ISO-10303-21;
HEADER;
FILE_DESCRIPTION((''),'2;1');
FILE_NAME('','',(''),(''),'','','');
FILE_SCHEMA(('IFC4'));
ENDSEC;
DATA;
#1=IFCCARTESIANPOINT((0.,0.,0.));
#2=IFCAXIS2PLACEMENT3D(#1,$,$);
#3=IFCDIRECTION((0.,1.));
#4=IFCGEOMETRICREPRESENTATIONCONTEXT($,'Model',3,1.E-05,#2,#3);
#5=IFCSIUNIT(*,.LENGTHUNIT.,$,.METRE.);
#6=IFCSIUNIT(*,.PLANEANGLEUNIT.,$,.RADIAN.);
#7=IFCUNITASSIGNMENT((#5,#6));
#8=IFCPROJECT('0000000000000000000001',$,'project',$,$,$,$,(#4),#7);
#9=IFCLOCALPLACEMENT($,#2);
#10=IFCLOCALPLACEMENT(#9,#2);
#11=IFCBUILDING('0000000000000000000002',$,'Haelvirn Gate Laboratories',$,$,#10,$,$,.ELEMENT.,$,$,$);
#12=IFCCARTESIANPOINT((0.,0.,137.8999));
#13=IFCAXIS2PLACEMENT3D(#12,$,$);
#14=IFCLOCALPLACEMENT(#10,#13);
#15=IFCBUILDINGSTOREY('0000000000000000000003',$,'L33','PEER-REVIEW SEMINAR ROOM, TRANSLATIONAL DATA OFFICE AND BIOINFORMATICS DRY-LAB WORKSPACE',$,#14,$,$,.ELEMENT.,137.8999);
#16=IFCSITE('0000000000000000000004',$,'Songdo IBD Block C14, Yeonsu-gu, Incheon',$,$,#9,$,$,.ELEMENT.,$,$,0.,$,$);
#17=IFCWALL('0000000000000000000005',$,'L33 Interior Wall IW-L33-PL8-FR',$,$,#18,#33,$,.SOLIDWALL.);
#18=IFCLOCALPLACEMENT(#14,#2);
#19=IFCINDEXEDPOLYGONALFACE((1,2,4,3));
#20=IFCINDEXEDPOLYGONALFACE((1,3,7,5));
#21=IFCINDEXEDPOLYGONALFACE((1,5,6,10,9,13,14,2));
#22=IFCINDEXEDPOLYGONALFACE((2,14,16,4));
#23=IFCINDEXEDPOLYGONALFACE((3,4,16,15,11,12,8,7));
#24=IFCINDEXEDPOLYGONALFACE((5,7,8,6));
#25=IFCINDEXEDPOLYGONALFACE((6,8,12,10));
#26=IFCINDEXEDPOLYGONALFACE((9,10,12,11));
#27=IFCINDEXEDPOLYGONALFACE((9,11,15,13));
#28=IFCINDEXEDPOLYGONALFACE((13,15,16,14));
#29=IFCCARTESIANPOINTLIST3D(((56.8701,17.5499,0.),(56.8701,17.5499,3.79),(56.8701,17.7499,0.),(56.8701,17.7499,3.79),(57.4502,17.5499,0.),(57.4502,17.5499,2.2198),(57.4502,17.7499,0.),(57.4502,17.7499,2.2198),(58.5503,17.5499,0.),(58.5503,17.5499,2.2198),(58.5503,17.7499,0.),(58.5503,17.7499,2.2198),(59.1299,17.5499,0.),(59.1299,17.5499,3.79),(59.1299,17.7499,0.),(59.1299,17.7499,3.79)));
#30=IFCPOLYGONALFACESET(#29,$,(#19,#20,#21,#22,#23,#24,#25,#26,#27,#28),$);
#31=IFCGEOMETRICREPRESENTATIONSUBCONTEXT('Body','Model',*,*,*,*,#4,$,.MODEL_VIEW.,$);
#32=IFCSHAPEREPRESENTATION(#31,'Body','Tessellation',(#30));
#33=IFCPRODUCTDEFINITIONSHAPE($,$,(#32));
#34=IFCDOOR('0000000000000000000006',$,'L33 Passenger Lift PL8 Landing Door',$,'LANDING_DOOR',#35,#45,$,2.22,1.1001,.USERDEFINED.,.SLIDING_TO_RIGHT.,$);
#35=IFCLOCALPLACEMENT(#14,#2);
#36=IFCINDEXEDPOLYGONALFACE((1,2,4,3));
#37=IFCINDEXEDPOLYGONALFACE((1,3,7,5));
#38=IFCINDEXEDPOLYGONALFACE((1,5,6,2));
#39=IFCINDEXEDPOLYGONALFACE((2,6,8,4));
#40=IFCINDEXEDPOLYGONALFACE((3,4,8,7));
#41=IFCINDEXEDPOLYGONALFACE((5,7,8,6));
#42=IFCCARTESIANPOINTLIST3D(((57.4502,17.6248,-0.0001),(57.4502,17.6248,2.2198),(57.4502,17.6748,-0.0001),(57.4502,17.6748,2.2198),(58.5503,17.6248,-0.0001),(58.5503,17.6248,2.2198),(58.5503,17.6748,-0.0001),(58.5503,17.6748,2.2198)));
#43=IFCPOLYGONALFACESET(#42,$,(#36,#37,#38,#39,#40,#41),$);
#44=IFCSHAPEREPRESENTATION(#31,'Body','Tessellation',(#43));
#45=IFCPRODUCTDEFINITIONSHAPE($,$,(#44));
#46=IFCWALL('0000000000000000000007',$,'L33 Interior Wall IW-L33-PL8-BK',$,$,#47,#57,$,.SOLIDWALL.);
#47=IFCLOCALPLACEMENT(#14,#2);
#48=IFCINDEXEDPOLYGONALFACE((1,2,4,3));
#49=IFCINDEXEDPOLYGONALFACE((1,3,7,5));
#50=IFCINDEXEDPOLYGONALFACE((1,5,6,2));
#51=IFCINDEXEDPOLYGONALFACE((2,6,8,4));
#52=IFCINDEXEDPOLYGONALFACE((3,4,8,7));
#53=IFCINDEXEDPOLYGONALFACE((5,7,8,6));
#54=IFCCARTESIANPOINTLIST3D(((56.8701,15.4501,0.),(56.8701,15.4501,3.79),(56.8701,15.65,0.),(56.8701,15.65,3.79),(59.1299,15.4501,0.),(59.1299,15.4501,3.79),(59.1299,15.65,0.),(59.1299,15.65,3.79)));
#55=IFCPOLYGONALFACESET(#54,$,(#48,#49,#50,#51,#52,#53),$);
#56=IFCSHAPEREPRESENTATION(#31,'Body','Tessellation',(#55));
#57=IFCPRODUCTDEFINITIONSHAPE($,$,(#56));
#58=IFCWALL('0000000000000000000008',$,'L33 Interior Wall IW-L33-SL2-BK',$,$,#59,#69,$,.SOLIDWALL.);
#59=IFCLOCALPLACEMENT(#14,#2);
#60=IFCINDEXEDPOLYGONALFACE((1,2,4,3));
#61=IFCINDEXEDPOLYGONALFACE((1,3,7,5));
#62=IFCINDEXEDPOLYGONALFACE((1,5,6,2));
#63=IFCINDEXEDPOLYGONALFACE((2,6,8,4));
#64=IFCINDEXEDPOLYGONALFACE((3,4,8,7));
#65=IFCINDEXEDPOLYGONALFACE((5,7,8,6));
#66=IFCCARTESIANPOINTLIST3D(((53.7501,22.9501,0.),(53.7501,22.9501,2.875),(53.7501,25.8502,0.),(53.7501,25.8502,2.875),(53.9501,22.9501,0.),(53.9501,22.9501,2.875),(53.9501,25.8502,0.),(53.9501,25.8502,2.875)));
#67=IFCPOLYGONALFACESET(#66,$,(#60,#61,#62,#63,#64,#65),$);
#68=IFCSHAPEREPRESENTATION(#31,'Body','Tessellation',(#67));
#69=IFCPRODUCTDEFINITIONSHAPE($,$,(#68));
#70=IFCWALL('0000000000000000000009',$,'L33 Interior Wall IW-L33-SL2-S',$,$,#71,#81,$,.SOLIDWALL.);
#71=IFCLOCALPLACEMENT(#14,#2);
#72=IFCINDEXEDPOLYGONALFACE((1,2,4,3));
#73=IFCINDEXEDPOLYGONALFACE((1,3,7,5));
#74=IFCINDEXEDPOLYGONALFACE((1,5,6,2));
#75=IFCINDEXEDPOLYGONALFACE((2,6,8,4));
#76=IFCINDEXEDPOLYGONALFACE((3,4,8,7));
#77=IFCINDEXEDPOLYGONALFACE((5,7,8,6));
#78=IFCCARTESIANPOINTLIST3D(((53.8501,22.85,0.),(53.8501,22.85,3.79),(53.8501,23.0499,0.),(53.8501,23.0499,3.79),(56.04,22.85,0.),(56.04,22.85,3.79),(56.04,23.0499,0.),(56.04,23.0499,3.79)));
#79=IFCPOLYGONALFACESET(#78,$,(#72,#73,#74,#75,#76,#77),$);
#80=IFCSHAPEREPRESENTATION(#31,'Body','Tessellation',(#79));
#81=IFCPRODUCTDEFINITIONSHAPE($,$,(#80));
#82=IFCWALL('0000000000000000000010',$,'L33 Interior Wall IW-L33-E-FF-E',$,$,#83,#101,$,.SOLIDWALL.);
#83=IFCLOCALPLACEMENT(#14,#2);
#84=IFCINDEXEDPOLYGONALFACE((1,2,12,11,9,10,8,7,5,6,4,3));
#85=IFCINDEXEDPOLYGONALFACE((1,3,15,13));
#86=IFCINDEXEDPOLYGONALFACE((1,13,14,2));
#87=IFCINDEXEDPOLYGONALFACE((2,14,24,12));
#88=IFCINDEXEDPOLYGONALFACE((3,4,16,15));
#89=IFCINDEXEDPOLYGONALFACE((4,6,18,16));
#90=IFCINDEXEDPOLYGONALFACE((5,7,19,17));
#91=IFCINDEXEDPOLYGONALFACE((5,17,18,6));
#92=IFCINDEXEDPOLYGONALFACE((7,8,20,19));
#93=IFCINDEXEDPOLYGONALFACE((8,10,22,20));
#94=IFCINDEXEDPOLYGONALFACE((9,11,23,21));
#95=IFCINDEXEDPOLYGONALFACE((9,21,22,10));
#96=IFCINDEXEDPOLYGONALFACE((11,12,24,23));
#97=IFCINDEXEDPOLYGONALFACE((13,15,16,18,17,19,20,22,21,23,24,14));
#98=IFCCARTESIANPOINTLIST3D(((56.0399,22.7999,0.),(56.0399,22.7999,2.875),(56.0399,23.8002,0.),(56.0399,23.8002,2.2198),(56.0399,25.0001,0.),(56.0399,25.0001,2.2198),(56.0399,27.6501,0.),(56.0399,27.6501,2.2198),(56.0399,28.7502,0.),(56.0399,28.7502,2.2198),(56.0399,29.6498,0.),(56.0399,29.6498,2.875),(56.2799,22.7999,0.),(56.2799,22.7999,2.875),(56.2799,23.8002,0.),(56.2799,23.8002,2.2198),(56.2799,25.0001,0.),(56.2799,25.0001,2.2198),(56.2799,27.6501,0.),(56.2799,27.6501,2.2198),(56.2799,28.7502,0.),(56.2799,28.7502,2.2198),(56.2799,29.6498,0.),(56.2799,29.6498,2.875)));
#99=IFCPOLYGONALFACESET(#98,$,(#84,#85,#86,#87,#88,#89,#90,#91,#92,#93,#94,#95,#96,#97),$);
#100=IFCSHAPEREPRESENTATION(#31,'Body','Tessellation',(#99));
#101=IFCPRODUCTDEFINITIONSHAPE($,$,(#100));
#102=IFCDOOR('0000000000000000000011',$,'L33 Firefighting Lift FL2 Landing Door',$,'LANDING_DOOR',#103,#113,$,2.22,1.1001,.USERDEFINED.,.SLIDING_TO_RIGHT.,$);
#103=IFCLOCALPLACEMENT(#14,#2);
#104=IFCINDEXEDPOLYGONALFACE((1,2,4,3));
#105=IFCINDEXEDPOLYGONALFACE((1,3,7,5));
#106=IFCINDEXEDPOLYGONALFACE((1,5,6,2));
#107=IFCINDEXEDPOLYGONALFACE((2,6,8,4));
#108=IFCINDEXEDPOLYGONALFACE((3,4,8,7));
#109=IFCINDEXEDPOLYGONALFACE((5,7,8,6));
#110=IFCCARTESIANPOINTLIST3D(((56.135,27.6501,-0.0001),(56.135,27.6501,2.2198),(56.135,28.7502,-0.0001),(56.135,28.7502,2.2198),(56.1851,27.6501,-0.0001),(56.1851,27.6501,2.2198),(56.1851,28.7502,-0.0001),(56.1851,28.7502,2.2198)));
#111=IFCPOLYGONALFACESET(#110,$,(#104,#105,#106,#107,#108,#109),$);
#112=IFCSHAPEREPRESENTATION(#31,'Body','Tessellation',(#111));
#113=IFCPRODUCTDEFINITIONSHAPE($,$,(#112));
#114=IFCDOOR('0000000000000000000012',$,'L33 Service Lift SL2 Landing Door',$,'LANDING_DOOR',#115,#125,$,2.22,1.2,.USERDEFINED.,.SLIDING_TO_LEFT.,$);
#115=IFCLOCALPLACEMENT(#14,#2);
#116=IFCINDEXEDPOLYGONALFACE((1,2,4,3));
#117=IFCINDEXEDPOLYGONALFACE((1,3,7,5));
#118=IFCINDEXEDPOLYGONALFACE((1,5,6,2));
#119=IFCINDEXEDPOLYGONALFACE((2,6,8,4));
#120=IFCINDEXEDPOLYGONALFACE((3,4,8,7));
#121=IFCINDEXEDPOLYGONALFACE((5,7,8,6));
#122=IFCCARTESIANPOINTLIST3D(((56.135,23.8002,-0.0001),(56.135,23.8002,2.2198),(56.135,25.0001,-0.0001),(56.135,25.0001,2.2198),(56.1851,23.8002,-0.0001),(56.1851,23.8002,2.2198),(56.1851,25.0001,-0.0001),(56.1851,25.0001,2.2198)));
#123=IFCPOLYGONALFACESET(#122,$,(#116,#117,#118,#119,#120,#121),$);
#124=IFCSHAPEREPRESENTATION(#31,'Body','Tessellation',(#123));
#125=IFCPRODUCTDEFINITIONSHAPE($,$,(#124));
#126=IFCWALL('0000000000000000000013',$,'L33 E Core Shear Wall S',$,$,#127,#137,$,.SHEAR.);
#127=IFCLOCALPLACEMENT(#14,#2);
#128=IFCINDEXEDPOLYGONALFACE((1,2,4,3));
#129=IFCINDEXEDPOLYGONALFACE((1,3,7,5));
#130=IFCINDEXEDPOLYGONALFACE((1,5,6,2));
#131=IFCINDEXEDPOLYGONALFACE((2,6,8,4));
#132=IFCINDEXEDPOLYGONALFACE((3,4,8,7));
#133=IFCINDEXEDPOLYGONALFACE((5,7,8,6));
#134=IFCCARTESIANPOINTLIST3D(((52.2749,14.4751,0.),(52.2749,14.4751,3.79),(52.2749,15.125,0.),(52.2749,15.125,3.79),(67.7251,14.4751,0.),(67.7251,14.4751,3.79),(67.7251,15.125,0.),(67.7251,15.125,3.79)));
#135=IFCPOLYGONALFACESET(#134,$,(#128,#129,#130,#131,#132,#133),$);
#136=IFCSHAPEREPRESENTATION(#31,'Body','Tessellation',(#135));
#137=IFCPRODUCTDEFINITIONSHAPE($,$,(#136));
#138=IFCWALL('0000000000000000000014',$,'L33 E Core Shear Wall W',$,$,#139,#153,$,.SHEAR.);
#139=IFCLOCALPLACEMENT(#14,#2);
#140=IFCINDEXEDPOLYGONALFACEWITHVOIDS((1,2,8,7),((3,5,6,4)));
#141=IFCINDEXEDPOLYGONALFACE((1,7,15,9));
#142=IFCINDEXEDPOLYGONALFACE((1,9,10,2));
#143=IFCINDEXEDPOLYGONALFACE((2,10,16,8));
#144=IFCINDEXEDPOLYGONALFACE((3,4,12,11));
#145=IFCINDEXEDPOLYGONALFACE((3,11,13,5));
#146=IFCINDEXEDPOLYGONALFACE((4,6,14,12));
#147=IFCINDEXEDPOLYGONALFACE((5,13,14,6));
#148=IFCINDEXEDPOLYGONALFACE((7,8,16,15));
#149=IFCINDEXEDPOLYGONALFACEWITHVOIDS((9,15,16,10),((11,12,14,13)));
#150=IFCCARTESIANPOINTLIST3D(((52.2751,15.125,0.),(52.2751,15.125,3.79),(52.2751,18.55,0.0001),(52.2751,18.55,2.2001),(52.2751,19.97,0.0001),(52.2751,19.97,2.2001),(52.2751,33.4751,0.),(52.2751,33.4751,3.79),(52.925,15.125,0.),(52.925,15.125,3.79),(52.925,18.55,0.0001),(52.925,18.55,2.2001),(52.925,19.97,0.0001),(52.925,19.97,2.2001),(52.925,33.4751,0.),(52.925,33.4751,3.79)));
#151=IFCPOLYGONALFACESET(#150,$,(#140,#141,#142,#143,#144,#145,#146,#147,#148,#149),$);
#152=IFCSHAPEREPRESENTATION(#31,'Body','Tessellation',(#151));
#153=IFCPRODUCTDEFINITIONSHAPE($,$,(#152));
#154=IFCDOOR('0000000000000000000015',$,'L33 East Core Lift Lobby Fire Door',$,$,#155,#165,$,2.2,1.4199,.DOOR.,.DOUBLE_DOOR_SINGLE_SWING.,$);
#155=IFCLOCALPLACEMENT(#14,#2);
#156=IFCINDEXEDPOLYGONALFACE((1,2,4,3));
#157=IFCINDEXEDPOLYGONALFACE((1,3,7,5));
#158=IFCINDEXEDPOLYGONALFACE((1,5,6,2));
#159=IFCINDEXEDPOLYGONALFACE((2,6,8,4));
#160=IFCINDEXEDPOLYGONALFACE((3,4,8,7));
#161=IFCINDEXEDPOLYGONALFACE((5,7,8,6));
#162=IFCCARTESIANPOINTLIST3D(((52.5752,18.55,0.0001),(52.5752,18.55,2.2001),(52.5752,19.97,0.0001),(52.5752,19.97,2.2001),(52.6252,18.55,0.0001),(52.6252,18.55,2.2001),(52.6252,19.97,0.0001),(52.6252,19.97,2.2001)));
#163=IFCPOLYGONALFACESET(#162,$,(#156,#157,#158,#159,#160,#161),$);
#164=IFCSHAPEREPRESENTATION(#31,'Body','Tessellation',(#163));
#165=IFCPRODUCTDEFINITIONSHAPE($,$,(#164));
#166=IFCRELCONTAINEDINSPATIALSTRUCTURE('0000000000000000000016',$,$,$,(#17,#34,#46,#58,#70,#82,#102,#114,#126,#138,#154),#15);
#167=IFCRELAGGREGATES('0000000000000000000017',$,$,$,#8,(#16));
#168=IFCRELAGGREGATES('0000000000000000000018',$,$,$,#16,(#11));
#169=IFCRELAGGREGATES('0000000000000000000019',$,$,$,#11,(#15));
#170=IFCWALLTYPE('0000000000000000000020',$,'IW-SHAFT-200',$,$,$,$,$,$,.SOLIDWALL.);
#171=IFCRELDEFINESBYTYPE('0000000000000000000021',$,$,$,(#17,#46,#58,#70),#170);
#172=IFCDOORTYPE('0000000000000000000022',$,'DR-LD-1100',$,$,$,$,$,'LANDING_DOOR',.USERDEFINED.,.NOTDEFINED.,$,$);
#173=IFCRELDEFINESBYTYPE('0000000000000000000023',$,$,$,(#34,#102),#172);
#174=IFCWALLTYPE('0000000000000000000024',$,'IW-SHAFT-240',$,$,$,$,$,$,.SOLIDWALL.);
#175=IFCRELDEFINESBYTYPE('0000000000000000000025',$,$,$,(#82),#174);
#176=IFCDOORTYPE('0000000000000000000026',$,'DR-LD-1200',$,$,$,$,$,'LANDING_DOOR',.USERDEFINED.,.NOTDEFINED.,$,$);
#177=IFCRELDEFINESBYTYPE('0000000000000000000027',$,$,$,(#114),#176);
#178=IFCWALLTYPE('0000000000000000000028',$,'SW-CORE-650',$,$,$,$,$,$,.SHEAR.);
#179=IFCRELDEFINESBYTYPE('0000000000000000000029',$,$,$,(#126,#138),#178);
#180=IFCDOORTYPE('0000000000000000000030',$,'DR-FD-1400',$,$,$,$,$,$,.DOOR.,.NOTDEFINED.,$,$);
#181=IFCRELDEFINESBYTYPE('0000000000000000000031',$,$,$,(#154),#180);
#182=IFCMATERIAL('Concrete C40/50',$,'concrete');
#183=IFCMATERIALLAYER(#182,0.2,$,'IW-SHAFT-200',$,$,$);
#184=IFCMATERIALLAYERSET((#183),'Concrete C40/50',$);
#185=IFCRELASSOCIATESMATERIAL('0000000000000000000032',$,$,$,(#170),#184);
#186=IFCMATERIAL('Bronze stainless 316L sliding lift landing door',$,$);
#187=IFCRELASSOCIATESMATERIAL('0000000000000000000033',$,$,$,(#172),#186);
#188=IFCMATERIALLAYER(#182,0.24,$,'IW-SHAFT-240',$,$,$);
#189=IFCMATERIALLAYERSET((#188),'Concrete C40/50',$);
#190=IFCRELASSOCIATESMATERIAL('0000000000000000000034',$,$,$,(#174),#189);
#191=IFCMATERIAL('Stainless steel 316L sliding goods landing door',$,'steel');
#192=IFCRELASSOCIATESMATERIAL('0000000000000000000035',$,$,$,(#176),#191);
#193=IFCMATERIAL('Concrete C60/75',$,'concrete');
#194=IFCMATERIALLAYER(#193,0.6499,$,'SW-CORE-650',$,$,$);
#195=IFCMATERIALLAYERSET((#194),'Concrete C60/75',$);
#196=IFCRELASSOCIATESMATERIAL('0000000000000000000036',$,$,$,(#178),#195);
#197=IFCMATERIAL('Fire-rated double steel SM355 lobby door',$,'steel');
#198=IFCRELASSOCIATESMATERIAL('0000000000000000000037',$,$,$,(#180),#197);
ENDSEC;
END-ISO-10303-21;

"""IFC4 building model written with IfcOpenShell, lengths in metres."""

from ifc_helpers import new_model, si_unit, direction, frame, frame_2d, origin, place, context, subcontext, project, spatial, rectangle, extrude, source, transform, mapped, material, layer, layer_set, type_object, type_shapes, element, fill, save


model = new_model("IFC4")

# Units and contexts
model_context = context("Model", 3, precision=1e-05, world=origin(), true_north=direction((0.0, 1.0)))
body_context = subcontext(model_context, "Body", "Model", "MODEL_VIEW")
ifc_project = project(units=[si_unit("LENGTHUNIT", "METRE"), si_unit("PLANEANGLEUNIT", "RADIAN")], contexts=[model_context])

# Site, building, storey
site_placement = place(None, origin())
site = spatial("IfcSite", under=ifc_project, at=site_placement, Name="Songdo IBD Block C14, Yeonsu-gu, Incheon", CompositionType="ELEMENT", RefElevation=0.0)
building_placement = place(site_placement, origin())
building = spatial("IfcBuilding", under=site, at=building_placement, Name="Haelvirn Gate Laboratories", CompositionType="ELEMENT")
storey_placement = place(building_placement, frame((0.0, 0.0, 137.8999)))
storey = spatial("IfcBuildingStorey", under=building, at=storey_placement, Name="L33", Description="PEER-REVIEW SEMINAR ROOM, TRANSLATIONAL DATA OFFICE AND BIOINFORMATICS DRY-LAB WORKSPACE", CompositionType="ELEMENT", Elevation=137.8999)

# Shared definitions
ifc_material_1 = material(Name="Concrete C60/75", Category="concrete")

# Wall, opening, door
ifc_material_2 = material(Name="Concrete C40/50", Category="concrete")
ifc_layer_1 = layer(ifc_material_2, 0.2, Name="IW-SHAFT-200")
ifc_layer_set_1 = layer_set([ifc_layer_1], Name="Concrete C40/50")
wall_type_1 = type_object("IfcWallType", Name="IW-SHAFT-200", PredefinedType="SOLIDWALL", material=ifc_layer_set_1)
wall_1_placement = place(storey_placement, frame((56.8701, 17.6499, 0.0), z_axis=(0.0, 0.0, 1.0), x_axis=(1.0, 0.0, 0.0)))
wall_1 = element("IfcWall", 1, at=wall_1_placement, inside=storey, type_object=wall_type_1, Name="L33 Interior Wall IW-L33-PL8-FR", PredefinedType="SOLIDWALL", context=body_context, shape_type="SweptSolid", body=[
    extrude(rectangle(XDim=2.2598, YDim=0.2, at=frame_2d((1.1299, 0.0))), origin(), (0.0, 0.0, 1.0), 3.79),
])
opening_1_placement = place(wall_1_placement, frame((0.5801, 0.0, 0.0)))
opening_1 = element("IfcOpeningElement", 2, at=opening_1_placement, cuts=wall_1, PredefinedType="OPENING", context=body_context, shape_type="SweptSolid", body=[
    extrude(rectangle(XDim=1.1001, YDim=2.22, at=frame_2d((0.55, 1.1099))), frame((0.0, 0.1099, 0.0), z_axis=(0.0, -1.0, 0.0), x_axis=(1.0, 0.0, 0.0)), (0.0, 0.0, 1.0), 0.22),
])
ifc_material_3 = material(Name="Bronze stainless 316L sliding lift landing door")
door_type_1 = type_object("IfcDoorType", Name="DR-LD-1100", ElementType="LANDING_DOOR", OperationType="NOTDEFINED", PredefinedType="USERDEFINED", material=ifc_material_3)
shared_shape_1 = source(origin(), body_context, "Body", "SweptSolid", [
    extrude(rectangle(XDim=1.1001, YDim=2.22, at=frame_2d((0.55, 1.1099))), frame((0.0, 0.0249, 0.0), z_axis=(0.0, -1.0, 0.0), x_axis=(1.0, 0.0, 0.0)), (0.0, 0.0, 1.0), 0.05),
])
type_shapes(door_type_1, [shared_shape_1])
door_1_placement = place(opening_1_placement, origin())
door_1 = element("IfcDoor", 3, at=door_1_placement, inside=storey, type_object=door_type_1, Name="L33 Passenger Lift PL8 Landing Door", ObjectType="LANDING_DOOR", OperationType="SLIDING_TO_RIGHT", OverallHeight=2.22, OverallWidth=1.1001, PredefinedType="USERDEFINED", context=body_context, shape_type="MappedRepresentation", body=[
    mapped(shared_shape_1, transform((0.0, 0.0, 0.0), scale=1.0)),
])
fill(opening_1, door_1)

# Walls
wall_2_placement = place(storey_placement, frame((56.8701, 15.55, 0.0), z_axis=(0.0, 0.0, 1.0), x_axis=(1.0, 0.0, 0.0)))
element("IfcWall", 4, at=wall_2_placement, inside=storey, type_object=wall_type_1, Name="L33 Interior Wall IW-L33-PL8-BK", PredefinedType="SOLIDWALL", context=body_context, shape_type="SweptSolid", body=[
    extrude(rectangle(XDim=2.2598, YDim=0.2, at=frame_2d((1.1299, 0.0))), origin(), (0.0, 0.0, 1.0), 3.79),
])
wall_3_placement = place(storey_placement, frame((53.8501, 22.95, 0.0), z_axis=(0.0, 0.0, 1.0), x_axis=(0.0, 1.0, 0.0)))
element("IfcWall", 5, at=wall_3_placement, inside=storey, type_object=wall_type_1, Name="L33 Interior Wall IW-L33-SL2-BK", PredefinedType="SOLIDWALL", context=body_context, shape_type="SweptSolid", body=[
    extrude(rectangle(XDim=2.9001, YDim=0.2, at=frame_2d((1.4502, 0.0))), origin(), (0.0, 0.0, 1.0), 2.875),
])
wall_4_placement = place(storey_placement, frame((53.8501, 22.95, 0.0), z_axis=(0.0, 0.0, 1.0), x_axis=(1.0, 0.0, 0.0)))
element("IfcWall", 6, at=wall_4_placement, inside=storey, type_object=wall_type_1, Name="L33 Interior Wall IW-L33-SL2-S", PredefinedType="SOLIDWALL", context=body_context, shape_type="SweptSolid", body=[
    extrude(rectangle(XDim=2.1899, YDim=0.2, at=frame_2d((1.095, 0.0))), origin(), (0.0, 0.0, 1.0), 3.79),
])

# Wall, openings, doors
ifc_layer_2 = layer(ifc_material_2, 0.24, Name="IW-SHAFT-240")
ifc_layer_set_2 = layer_set([ifc_layer_2], Name="Concrete C40/50")
wall_type_2 = type_object("IfcWallType", Name="IW-SHAFT-240", PredefinedType="SOLIDWALL", material=ifc_layer_set_2)
wall_5_placement = place(storey_placement, frame((56.1599, 22.8, 0.0), z_axis=(0.0, 0.0, 1.0), x_axis=(0.0, 1.0, 0.0)))
wall_5 = element("IfcWall", 7, at=wall_5_placement, inside=storey, type_object=wall_type_2, Name="L33 Interior Wall IW-L33-E-FF-E", PredefinedType="SOLIDWALL", context=body_context, shape_type="SweptSolid", body=[
    extrude(rectangle(XDim=6.8499, YDim=0.24, at=frame_2d((3.4248, 0.0))), origin(), (0.0, 0.0, 1.0), 2.875),
])
opening_2_placement = place(wall_5_placement, frame((4.8501, 0.0, 0.0)))
opening_2 = element("IfcOpeningElement", 8, at=opening_2_placement, cuts=wall_5, PredefinedType="OPENING", context=body_context, shape_type="SweptSolid", body=[
    extrude(rectangle(XDim=1.1001, YDim=2.22, at=frame_2d((0.55, 1.1099))), frame((0.0, 0.1299, 0.0), z_axis=(0.0, -1.0, 0.0), x_axis=(1.0, 0.0, 0.0)), (0.0, 0.0, 1.0), 0.26),
])
opening_3_placement = place(wall_5_placement, frame((1.0, 0.0, 0.0)))
opening_3 = element("IfcOpeningElement", 9, at=opening_3_placement, cuts=wall_5, PredefinedType="OPENING", context=body_context, shape_type="SweptSolid", body=[
    extrude(rectangle(XDim=1.2, YDim=2.22, at=frame_2d((0.6001, 1.1099))), frame((0.0, 0.1299, 0.0), z_axis=(0.0, -1.0, 0.0), x_axis=(1.0, 0.0, 0.0)), (0.0, 0.0, 1.0), 0.26),
])
door_2_placement = place(opening_2_placement, origin())
door_2 = element("IfcDoor", 10, at=door_2_placement, inside=storey, type_object=door_type_1, Name="L33 Firefighting Lift FL2 Landing Door", ObjectType="LANDING_DOOR", OperationType="SLIDING_TO_RIGHT", OverallHeight=2.22, OverallWidth=1.1001, PredefinedType="USERDEFINED", context=body_context, shape_type="MappedRepresentation", body=[
    mapped(shared_shape_1, transform((0.0, 0.0, 0.0), scale=1.0)),
])
fill(opening_2, door_2)
ifc_material_4 = material(Name="Stainless steel 316L sliding goods landing door", Category="steel")
door_type_2 = type_object("IfcDoorType", Name="DR-LD-1200", ElementType="LANDING_DOOR", OperationType="NOTDEFINED", PredefinedType="USERDEFINED", material=ifc_material_4)
shared_shape_2 = source(origin(), body_context, "Body", "SweptSolid", [
    extrude(rectangle(XDim=1.2, YDim=2.22, at=frame_2d((0.6001, 1.1099))), frame((0.0, 0.0249, 0.0), z_axis=(0.0, -1.0, 0.0), x_axis=(1.0, 0.0, 0.0)), (0.0, 0.0, 1.0), 0.05),
])
type_shapes(door_type_2, [shared_shape_2])
door_3_placement = place(opening_3_placement, origin())
door_3 = element("IfcDoor", 11, at=door_3_placement, inside=storey, type_object=door_type_2, Name="L33 Service Lift SL2 Landing Door", ObjectType="LANDING_DOOR", OperationType="SLIDING_TO_LEFT", OverallHeight=2.22, OverallWidth=1.2, PredefinedType="USERDEFINED", context=body_context, shape_type="MappedRepresentation", body=[
    mapped(shared_shape_2, transform((0.0, 0.0, 0.0), scale=1.0)),
])
fill(opening_3, door_3)

# Wall
ifc_layer_3 = layer(ifc_material_1, 0.6499, Name="SW-CORE-650")
ifc_layer_set_3 = layer_set([ifc_layer_3], Name="Concrete C60/75")
wall_type_3 = type_object("IfcWallType", Name="SW-CORE-650", PredefinedType="SHEAR", material=ifc_layer_set_3)
wall_6_placement = place(storey_placement, frame((52.2749, 14.8, 0.0), z_axis=(0.0, 0.0, 1.0), x_axis=(1.0, 0.0, 0.0)))
element("IfcWall", 12, at=wall_6_placement, inside=storey, type_object=wall_type_3, Name="L33 E Core Shear Wall S", PredefinedType="SHEAR", context=body_context, shape_type="SweptSolid", body=[
    extrude(rectangle(XDim=15.4502, YDim=0.6499, at=frame_2d((7.7251, 0.0))), origin(), (0.0, 0.0, 1.0), 3.79),
])

# Wall, opening, door
wall_7_placement = place(storey_placement, frame((52.6001, 15.125, 0.0), z_axis=(0.0, 0.0, 1.0), x_axis=(0.0, 1.0, 0.0)))
wall_7 = element("IfcWall", 13, at=wall_7_placement, inside=storey, type_object=wall_type_3, Name="L33 E Core Shear Wall W", PredefinedType="SHEAR", context=body_context, shape_type="SweptSolid", body=[
    extrude(rectangle(XDim=18.3501, YDim=0.6499, at=frame_2d((9.175, 0.0))), origin(), (0.0, 0.0, 1.0), 3.79),
])
opening_4_placement = place(wall_7_placement, frame((3.425, 0.0, 0.0)))
opening_4 = element("IfcOpeningElement", 14, at=opening_4_placement, cuts=wall_7, PredefinedType="OPENING", context=body_context, shape_type="SweptSolid", body=[
    extrude(rectangle(XDim=1.4199, YDim=2.2, at=frame_2d((0.71, 1.1001))), frame((0.0, 0.335, 0.0), z_axis=(0.0, -1.0, 0.0), x_axis=(1.0, 0.0, 0.0)), (0.0, 0.0, 1.0), 0.6699),
])
ifc_material_5 = material(Name="Fire-rated double steel SM355 lobby door", Category="steel")
door_type_3 = type_object("IfcDoorType", Name="DR-FD-1400", OperationType="NOTDEFINED", PredefinedType="DOOR", material=ifc_material_5)
shared_shape_3 = source(origin(), body_context, "Body", "SweptSolid", [
    extrude(rectangle(XDim=1.4199, YDim=2.2, at=frame_2d((0.71, 1.1001))), frame((0.0, 0.0249, 0.0), z_axis=(0.0, -1.0, 0.0), x_axis=(1.0, 0.0, 0.0)), (0.0, 0.0, 1.0), 0.05),
])
type_shapes(door_type_3, [shared_shape_3])
door_4_placement = place(opening_4_placement, origin())
door_4 = element("IfcDoor", 15, at=door_4_placement, inside=storey, type_object=door_type_3, Name="L33 East Core Lift Lobby Fire Door", OperationType="DOUBLE_DOOR_SINGLE_SWING", OverallHeight=2.2, OverallWidth=1.4199, PredefinedType="DOOR", context=body_context, shape_type="MappedRepresentation", body=[
    mapped(shared_shape_3, transform((0.0, 0.0, 0.0), scale=1.0)),
])
fill(opening_4, door_4)

save(model, "model.ifc")
